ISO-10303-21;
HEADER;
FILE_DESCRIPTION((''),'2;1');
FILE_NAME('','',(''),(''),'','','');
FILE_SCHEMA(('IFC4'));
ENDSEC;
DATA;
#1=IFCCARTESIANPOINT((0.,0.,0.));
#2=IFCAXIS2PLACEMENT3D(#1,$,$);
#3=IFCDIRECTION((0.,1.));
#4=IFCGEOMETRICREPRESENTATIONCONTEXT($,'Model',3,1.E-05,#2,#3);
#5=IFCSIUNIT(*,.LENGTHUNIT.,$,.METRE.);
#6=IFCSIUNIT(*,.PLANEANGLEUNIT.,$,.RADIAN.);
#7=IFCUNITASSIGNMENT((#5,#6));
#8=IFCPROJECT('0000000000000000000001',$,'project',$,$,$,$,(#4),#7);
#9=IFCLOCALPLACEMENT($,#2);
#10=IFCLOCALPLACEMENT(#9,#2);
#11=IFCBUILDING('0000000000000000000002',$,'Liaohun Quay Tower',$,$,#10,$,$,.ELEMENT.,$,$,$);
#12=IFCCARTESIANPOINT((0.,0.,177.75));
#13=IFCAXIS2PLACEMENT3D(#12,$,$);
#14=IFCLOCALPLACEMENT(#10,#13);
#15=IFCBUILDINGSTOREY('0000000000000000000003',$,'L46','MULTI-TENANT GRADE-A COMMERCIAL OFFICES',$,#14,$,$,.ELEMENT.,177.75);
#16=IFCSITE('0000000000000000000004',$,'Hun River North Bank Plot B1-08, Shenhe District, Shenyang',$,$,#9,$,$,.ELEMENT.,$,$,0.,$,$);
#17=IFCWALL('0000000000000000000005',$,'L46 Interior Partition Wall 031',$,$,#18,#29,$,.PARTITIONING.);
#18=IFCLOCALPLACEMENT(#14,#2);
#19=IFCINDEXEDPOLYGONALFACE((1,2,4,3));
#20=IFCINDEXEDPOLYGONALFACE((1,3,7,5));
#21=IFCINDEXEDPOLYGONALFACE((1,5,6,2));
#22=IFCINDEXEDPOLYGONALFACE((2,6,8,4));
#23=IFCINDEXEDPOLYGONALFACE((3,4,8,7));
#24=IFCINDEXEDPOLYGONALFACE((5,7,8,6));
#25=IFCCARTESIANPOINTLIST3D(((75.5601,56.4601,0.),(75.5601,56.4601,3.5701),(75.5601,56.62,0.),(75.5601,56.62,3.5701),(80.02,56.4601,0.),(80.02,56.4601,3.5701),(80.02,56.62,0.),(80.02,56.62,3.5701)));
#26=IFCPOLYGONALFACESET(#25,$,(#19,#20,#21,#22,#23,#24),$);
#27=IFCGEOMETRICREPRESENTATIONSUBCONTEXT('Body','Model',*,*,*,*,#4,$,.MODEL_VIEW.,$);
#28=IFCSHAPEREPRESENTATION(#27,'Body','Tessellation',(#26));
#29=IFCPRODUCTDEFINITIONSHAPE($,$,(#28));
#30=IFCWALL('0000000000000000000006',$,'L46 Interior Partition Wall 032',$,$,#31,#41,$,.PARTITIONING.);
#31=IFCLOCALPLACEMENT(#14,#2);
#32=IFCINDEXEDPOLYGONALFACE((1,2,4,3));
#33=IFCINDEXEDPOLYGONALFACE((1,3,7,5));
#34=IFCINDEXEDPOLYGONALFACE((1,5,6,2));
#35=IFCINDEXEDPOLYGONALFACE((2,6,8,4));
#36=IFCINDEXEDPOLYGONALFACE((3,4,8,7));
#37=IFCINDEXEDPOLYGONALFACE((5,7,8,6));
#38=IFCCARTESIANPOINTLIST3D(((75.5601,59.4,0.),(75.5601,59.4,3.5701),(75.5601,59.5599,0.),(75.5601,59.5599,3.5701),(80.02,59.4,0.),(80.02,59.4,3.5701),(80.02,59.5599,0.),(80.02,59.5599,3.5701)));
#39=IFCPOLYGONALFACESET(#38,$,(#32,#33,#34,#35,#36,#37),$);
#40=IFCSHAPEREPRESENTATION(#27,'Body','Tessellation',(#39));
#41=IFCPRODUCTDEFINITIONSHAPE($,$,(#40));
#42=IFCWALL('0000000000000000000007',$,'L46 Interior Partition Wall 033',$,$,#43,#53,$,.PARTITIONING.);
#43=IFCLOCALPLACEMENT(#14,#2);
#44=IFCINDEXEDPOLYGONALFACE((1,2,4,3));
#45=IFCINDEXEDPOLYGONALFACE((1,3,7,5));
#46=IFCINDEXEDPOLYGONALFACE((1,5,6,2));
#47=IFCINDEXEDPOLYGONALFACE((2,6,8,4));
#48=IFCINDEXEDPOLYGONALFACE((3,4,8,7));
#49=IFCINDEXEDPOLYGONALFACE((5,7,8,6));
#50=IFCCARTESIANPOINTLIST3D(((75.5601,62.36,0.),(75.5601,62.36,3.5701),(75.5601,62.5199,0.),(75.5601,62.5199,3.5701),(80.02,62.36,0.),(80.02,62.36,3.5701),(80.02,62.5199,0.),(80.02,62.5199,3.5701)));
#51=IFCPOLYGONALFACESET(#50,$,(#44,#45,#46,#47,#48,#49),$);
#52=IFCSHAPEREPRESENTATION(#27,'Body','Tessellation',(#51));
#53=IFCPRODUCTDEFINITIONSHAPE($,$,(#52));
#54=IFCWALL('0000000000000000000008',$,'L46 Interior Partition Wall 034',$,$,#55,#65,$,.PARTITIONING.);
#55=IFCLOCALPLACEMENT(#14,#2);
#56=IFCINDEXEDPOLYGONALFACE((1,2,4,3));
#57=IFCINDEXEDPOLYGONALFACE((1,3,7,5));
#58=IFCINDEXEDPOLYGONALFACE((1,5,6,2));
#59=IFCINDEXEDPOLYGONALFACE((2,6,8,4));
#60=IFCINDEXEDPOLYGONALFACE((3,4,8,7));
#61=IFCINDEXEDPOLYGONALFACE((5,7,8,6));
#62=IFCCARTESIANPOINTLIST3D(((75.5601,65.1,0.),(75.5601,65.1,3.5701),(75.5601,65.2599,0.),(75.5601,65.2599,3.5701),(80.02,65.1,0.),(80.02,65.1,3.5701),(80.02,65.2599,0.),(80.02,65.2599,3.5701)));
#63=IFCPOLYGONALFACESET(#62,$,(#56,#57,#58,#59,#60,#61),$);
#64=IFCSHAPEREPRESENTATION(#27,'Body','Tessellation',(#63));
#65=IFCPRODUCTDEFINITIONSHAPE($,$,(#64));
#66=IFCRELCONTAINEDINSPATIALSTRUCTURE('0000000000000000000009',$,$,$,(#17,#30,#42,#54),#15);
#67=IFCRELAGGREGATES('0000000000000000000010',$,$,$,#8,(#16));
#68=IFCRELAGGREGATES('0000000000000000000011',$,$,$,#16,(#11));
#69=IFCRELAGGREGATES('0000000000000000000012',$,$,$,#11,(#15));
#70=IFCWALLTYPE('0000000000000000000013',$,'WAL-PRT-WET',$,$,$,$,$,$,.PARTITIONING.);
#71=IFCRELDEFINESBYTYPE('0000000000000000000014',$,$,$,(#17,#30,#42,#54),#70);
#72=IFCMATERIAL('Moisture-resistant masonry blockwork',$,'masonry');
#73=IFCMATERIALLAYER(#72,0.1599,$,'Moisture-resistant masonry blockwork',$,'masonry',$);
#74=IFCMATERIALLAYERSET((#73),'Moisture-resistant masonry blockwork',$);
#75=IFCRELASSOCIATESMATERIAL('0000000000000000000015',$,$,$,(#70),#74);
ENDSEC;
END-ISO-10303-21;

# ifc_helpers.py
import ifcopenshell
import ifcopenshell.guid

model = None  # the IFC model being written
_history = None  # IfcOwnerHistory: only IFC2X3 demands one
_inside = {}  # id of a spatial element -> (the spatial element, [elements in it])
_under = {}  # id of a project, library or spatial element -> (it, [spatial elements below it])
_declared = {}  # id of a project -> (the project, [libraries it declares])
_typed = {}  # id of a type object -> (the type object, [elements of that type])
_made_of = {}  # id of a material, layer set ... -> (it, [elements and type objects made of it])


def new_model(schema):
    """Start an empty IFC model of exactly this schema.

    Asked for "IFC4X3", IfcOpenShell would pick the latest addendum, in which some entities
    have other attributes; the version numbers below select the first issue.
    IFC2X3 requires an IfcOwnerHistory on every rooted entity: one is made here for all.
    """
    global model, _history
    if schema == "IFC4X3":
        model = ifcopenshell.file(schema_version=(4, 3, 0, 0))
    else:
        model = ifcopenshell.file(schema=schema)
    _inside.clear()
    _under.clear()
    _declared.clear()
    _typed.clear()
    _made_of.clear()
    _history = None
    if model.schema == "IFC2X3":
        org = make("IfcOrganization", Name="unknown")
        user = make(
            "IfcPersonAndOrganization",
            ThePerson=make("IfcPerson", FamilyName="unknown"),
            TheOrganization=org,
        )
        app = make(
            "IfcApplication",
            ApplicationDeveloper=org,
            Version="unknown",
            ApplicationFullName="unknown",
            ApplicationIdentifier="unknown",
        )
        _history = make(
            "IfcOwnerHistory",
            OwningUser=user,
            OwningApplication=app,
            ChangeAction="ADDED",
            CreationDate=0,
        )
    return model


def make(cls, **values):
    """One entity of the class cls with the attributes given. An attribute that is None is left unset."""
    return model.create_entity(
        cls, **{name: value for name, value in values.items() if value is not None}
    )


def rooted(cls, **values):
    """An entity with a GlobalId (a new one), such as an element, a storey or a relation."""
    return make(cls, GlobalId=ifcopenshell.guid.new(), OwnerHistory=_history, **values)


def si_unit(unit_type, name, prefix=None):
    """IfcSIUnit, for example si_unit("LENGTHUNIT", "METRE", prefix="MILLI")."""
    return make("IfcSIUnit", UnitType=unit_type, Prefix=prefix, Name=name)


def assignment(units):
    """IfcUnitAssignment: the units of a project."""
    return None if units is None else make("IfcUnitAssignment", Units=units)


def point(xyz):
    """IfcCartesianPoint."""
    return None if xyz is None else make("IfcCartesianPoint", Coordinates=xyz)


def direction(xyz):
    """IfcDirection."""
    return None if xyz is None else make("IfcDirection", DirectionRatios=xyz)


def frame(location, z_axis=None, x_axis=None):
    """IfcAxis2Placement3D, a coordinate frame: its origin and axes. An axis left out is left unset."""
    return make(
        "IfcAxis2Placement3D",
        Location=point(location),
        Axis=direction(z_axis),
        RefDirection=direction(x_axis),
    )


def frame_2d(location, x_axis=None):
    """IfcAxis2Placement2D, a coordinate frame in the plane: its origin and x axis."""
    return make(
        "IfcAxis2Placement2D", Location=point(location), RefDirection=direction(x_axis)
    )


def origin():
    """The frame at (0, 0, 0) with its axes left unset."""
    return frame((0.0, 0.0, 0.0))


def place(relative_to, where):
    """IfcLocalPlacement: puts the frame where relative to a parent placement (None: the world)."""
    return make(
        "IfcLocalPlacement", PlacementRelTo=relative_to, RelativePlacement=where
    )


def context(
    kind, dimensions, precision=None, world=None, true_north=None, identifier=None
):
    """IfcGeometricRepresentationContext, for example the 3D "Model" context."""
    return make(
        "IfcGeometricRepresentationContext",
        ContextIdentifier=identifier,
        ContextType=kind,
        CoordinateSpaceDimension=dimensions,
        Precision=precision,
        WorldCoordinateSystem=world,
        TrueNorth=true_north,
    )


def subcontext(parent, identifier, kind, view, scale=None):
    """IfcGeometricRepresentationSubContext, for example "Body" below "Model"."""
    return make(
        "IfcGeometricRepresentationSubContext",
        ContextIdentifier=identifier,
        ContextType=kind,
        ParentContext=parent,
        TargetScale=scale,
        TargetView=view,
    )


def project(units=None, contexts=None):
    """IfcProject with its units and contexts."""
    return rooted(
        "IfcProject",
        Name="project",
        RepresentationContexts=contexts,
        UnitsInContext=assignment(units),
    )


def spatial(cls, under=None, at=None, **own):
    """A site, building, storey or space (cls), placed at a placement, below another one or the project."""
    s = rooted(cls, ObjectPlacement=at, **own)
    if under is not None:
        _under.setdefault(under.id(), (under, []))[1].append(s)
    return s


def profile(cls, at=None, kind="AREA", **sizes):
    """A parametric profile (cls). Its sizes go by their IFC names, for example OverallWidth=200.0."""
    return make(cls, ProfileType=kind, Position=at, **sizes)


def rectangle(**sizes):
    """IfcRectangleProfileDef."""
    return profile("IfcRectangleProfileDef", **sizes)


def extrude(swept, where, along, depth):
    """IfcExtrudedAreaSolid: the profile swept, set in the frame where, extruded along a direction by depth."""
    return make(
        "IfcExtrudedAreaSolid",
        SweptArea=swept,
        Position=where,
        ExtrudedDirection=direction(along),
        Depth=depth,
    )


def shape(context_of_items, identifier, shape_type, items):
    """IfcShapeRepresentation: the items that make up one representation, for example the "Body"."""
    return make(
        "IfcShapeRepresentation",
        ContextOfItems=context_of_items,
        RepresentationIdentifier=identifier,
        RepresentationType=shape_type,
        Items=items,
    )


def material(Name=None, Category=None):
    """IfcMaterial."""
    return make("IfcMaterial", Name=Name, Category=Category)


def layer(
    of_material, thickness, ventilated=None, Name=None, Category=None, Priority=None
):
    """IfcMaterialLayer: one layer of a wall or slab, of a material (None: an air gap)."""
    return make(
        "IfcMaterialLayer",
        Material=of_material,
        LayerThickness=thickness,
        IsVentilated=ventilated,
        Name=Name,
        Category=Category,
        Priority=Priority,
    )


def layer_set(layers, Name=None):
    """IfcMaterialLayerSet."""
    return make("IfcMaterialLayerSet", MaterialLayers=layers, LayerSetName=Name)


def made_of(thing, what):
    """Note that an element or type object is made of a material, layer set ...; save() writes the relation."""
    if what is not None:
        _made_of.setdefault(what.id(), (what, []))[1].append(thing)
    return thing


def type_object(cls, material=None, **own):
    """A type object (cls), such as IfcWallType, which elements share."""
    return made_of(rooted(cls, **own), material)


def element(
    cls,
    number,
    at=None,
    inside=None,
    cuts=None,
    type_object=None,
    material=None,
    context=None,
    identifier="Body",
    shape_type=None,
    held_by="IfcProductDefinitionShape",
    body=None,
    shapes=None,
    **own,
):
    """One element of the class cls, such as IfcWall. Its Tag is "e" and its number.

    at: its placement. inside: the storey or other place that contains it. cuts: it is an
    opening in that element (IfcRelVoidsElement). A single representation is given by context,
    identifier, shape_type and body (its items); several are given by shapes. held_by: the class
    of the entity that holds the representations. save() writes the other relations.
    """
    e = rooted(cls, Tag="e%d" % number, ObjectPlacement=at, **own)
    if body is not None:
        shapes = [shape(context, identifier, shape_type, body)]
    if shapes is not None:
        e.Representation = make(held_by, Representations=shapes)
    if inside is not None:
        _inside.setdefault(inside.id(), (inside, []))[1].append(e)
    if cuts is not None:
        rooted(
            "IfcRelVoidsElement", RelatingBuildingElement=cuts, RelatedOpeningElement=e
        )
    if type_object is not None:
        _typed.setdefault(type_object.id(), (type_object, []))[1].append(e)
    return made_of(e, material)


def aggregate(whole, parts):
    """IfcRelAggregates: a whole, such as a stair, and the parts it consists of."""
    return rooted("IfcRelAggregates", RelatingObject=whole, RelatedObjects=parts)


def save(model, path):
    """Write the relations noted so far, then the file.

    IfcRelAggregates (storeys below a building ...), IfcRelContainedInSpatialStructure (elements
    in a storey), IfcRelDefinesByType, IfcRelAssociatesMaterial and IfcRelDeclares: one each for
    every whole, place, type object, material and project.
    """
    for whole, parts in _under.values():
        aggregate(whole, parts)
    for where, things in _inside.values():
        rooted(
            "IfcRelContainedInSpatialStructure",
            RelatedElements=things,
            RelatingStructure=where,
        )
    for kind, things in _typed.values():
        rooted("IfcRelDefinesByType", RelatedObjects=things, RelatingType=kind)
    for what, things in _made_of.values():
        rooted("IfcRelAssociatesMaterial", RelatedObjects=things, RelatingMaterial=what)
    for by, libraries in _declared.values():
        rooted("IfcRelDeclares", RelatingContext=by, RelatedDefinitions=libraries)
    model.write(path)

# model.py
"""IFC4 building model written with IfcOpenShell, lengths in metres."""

from ifc_helpers import new_model, si_unit, direction, frame, frame_2d, origin, place, context, subcontext, project, spatial, rectangle, extrude, material, layer, layer_set, type_object, element, save


model = new_model("IFC4")

# Units and contexts
model_context = context("Model", 3, precision=1e-05, world=origin(), true_north=direction((0.0, 1.0)))
body_context = subcontext(model_context, "Body", "Model", "MODEL_VIEW")
ifc_project = project(units=[si_unit("LENGTHUNIT", "METRE"), si_unit("PLANEANGLEUNIT", "RADIAN")], contexts=[model_context])

# Site, building, storey
site_placement = place(None, origin())
site = spatial("IfcSite", under=ifc_project, at=site_placement, Name="Hun River North Bank Plot B1-08, Shenhe District, Shenyang", CompositionType="ELEMENT", RefElevation=0.0)
building_placement = place(site_placement, origin())
building = spatial("IfcBuilding", under=site, at=building_placement, Name="Liaohun Quay Tower", CompositionType="ELEMENT")
storey_placement = place(building_placement, frame((0.0, 0.0, 177.75)))
storey = spatial("IfcBuildingStorey", under=building, at=storey_placement, Name="L46", Description="MULTI-TENANT GRADE-A COMMERCIAL OFFICES", CompositionType="ELEMENT", Elevation=177.75)

# Shared definitions
ifc_material_1 = material(Name="Moisture-resistant masonry blockwork", Category="masonry")
ifc_layer_1 = layer(ifc_material_1, 0.1599, Name="Moisture-resistant masonry blockwork", Category="masonry")
ifc_layer_set_1 = layer_set([ifc_layer_1], Name="Moisture-resistant masonry blockwork")
wall_type_1 = type_object("IfcWallType", Name="WAL-PRT-WET", PredefinedType="PARTITIONING", material=ifc_layer_set_1)

# Walls
for number, where, z_axis, x_axis, name in (
    (1, (75.5601, 56.54, 0.0), (0.0, 0.0, 1.0), (1.0, 0.0, 0.0), "L46 Interior Partition Wall 031"),
    (2, (75.5601, 59.48, 0.0), (0.0, 0.0, 1.0), (1.0, 0.0, 0.0), "L46 Interior Partition Wall 032"),
    (3, (75.5601, 62.4399, 0.0), (0.0, 0.0, 1.0), (1.0, 0.0, 0.0), "L46 Interior Partition Wall 033"),
    (4, (75.5601, 65.1799, 0.0), (0.0, 0.0, 1.0), (1.0, 0.0, 0.0), "L46 Interior Partition Wall 034"),
):
    element("IfcWall", number, at=place(storey_placement, frame(where, z_axis=z_axis, x_axis=x_axis)), inside=storey, type_object=wall_type_1, Name=name, PredefinedType="PARTITIONING", context=body_context, shape_type="SweptSolid", body=[
        extrude(rectangle(XDim=4.46, YDim=0.1599, at=frame_2d((2.23, 0.0))), origin(), (0.0, 0.0, 1.0), 3.5701),
    ])

save(model, "model.ifc")
